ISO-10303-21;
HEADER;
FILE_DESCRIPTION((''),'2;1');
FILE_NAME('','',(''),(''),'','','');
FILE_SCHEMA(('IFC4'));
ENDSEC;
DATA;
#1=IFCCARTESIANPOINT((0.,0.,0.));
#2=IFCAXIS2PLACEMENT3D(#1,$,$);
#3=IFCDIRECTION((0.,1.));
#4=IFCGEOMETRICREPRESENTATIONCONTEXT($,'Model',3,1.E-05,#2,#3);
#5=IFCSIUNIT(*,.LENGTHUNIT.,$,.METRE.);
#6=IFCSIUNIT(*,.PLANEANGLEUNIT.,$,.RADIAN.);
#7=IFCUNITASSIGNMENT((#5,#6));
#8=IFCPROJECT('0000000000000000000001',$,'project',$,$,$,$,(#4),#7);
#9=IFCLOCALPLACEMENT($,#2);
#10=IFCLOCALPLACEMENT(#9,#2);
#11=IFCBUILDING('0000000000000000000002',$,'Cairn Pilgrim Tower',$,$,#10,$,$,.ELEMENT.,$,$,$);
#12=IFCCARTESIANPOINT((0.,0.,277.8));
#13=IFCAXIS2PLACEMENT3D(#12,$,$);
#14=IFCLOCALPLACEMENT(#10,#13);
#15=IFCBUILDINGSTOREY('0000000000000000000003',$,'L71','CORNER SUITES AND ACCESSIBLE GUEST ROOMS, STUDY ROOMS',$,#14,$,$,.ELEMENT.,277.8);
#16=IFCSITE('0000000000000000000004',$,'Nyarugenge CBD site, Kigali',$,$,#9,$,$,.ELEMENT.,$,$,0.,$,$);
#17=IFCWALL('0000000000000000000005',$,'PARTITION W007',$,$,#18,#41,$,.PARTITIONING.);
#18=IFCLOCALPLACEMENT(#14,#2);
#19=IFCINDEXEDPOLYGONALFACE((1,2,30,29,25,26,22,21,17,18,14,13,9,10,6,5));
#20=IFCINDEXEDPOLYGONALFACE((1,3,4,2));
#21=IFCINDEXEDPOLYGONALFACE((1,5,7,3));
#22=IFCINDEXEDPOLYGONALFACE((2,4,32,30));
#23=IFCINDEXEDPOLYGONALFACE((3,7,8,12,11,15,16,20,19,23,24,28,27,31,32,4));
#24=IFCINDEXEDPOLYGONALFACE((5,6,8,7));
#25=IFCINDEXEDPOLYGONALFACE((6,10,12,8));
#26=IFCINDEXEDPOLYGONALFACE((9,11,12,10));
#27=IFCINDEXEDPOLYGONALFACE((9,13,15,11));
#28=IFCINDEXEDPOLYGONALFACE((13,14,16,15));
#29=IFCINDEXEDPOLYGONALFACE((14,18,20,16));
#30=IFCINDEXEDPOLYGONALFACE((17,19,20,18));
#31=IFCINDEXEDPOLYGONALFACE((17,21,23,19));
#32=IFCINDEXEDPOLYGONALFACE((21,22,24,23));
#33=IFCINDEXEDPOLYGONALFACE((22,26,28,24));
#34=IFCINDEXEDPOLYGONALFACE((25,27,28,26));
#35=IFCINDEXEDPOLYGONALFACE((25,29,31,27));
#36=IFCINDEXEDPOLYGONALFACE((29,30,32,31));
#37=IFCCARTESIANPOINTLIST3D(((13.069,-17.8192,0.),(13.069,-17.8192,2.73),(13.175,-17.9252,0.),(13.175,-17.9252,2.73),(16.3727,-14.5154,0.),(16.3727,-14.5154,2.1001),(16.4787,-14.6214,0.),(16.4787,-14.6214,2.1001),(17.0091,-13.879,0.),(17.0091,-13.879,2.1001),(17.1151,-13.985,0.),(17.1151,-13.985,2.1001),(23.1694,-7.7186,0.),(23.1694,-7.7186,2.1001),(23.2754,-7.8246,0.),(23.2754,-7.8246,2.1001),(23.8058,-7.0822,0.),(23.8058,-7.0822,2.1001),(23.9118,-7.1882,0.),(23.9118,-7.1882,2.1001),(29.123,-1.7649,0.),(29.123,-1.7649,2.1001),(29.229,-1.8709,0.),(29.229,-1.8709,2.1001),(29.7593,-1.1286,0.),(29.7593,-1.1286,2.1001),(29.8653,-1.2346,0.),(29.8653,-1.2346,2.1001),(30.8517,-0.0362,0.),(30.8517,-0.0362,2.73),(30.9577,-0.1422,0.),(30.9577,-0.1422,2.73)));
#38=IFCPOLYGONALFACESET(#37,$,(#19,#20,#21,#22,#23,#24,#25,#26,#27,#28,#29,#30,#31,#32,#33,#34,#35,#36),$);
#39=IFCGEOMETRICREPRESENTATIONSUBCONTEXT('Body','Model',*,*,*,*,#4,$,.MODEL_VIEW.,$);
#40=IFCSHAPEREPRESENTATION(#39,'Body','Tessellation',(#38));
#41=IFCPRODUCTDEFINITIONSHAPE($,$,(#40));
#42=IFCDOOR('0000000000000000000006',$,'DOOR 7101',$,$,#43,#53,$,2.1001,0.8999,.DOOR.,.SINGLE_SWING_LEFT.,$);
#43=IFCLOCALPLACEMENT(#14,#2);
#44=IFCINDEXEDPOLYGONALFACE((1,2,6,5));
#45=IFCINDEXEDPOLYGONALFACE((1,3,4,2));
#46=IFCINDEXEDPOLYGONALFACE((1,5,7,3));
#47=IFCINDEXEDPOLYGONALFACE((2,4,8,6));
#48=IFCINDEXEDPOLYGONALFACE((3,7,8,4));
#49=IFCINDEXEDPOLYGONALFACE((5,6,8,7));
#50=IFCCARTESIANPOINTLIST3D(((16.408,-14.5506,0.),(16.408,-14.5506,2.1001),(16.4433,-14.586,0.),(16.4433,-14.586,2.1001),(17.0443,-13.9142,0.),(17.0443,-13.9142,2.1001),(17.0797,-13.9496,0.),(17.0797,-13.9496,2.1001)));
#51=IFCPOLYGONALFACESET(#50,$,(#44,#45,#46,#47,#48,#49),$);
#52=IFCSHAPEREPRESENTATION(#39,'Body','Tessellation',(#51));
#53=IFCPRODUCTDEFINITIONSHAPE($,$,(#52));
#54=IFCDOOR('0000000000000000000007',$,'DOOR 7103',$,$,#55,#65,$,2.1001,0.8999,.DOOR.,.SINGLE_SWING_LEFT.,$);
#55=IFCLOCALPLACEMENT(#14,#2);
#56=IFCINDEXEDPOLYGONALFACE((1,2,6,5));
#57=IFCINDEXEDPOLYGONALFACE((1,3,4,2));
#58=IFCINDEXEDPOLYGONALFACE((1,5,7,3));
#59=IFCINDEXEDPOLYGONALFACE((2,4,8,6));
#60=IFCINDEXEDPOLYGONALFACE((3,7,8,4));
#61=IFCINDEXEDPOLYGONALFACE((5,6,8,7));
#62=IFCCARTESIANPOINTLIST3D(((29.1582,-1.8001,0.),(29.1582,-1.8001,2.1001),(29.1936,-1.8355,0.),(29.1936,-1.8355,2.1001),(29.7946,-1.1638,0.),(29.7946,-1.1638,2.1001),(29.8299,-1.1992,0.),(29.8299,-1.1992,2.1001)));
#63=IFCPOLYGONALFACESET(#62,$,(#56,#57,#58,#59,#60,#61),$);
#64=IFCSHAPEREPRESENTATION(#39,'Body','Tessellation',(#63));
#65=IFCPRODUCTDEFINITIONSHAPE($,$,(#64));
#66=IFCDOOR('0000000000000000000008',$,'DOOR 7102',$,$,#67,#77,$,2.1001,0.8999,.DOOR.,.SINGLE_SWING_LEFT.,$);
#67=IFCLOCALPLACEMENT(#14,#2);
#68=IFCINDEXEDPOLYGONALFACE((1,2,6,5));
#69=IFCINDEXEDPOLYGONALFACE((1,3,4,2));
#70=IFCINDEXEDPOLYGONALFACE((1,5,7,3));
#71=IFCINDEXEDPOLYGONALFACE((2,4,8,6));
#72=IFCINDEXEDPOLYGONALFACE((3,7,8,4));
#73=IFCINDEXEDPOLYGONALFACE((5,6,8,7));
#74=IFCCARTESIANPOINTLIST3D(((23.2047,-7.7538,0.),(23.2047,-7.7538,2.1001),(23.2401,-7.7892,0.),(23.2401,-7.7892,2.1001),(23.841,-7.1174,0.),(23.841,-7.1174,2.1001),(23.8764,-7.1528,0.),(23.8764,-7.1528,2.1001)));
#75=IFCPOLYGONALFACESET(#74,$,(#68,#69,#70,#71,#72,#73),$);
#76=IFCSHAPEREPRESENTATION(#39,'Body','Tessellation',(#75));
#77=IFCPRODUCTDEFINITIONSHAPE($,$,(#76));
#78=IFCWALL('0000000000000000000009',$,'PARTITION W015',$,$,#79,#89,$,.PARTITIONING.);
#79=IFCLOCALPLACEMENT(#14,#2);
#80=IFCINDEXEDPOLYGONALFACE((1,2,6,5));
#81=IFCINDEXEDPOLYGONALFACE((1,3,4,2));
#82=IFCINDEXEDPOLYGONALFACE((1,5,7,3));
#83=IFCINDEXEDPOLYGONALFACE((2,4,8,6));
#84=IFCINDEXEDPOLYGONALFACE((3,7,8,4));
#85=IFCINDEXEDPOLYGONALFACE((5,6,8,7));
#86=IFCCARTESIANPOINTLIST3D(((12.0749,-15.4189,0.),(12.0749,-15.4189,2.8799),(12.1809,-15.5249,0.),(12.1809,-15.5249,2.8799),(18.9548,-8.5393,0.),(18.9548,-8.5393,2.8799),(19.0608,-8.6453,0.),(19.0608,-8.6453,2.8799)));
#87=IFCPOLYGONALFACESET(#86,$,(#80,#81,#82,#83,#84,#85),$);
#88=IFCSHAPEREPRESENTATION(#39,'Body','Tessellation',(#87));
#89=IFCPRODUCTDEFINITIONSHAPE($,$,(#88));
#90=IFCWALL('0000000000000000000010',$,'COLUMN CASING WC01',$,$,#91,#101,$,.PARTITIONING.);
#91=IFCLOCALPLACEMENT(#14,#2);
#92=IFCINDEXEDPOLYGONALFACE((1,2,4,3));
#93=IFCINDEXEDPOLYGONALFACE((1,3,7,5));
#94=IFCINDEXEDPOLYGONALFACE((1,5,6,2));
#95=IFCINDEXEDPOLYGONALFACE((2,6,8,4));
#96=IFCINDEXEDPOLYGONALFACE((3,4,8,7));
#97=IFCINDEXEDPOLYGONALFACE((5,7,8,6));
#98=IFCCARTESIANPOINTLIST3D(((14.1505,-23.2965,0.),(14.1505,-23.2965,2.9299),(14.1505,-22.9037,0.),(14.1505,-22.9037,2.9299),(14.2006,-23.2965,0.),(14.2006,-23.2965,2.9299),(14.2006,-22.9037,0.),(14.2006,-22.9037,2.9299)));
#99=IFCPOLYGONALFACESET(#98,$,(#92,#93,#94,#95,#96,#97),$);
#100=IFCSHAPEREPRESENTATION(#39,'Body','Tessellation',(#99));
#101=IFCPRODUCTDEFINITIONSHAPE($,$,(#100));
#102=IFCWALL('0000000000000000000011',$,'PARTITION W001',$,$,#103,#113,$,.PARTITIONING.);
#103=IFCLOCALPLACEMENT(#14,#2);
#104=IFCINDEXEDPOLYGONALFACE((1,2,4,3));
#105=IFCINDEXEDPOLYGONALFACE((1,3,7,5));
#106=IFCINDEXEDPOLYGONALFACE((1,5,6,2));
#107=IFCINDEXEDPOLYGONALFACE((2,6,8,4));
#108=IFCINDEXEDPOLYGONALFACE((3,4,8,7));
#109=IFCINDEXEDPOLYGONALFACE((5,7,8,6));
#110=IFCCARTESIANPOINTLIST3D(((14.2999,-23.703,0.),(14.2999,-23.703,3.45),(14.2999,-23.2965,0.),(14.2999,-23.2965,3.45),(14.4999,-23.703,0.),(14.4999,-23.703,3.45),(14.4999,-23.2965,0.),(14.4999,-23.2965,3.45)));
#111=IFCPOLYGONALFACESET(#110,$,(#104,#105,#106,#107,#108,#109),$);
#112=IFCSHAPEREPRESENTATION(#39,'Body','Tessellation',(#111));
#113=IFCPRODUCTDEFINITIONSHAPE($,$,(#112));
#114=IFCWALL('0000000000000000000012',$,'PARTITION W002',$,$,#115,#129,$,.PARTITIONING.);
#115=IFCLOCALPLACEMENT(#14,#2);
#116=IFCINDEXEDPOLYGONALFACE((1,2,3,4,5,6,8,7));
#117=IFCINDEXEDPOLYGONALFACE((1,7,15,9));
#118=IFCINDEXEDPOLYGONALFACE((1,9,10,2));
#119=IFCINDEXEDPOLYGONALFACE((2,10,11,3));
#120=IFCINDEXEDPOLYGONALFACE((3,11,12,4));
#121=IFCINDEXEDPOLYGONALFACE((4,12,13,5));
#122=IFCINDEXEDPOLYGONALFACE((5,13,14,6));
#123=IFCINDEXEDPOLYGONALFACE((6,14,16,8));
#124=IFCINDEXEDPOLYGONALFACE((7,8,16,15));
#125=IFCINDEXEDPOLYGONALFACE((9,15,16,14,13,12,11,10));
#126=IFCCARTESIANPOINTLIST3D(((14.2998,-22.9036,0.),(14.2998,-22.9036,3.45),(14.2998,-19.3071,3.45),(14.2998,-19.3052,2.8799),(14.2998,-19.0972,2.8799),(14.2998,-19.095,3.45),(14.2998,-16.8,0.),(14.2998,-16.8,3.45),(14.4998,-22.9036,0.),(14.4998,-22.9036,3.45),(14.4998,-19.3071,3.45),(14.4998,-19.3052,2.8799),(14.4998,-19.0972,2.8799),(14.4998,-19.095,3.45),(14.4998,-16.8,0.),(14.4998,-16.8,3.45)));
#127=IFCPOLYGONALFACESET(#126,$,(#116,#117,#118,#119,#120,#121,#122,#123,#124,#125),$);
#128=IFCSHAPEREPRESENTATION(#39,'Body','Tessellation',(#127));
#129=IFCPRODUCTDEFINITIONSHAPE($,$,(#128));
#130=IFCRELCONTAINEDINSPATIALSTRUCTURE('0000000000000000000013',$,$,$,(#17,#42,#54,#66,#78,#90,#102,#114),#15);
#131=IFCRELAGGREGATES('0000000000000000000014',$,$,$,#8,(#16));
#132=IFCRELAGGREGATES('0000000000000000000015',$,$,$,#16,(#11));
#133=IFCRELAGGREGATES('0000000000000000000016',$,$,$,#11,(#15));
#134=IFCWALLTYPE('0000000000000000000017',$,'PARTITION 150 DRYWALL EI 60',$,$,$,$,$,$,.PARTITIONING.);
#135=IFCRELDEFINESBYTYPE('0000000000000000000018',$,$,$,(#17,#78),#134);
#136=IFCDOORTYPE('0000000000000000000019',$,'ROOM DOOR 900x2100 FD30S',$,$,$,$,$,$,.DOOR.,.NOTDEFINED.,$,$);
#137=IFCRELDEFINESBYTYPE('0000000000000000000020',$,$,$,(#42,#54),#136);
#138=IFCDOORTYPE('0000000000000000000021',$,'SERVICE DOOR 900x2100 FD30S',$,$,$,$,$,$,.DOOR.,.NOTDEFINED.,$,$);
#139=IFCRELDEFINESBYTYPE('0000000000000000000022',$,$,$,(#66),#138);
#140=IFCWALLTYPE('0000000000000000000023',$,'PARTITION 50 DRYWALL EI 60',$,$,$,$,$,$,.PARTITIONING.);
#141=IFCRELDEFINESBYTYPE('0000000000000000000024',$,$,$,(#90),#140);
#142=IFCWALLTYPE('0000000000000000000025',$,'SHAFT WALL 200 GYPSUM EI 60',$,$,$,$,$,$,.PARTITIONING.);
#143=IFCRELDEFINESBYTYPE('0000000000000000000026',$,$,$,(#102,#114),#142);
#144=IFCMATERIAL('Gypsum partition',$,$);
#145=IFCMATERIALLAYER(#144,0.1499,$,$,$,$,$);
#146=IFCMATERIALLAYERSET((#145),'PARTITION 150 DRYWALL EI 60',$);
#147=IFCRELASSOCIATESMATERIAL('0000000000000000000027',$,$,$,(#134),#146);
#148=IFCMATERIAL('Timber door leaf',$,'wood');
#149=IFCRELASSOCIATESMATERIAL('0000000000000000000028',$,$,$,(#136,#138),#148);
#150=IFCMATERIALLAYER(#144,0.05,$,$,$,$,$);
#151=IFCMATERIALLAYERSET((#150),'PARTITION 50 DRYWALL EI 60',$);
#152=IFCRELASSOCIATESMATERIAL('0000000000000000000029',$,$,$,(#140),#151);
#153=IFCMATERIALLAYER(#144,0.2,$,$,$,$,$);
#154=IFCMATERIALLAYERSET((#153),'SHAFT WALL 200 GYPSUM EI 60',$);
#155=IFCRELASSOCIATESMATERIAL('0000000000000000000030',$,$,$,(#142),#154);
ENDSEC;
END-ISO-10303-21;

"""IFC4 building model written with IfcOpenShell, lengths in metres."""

from ifc_helpers import new_model, si_unit, direction, frame, frame_2d, origin, place, context, subcontext, project, spatial, polyline, rectangle, outline, extrude, material, layer, layer_set, type_object, element, fill, save


model = new_model("IFC4")

# Units and contexts
model_context = context("Model", 3, precision=1e-05, world=origin(), true_north=direction((0.0, 1.0)))
body_context = subcontext(model_context, "Body", "Model", "MODEL_VIEW")
ifc_project = project(units=[si_unit("LENGTHUNIT", "METRE"), si_unit("PLANEANGLEUNIT", "RADIAN")], contexts=[model_context])

# Site, building, storey
site_placement = place(None, origin())
site = spatial("IfcSite", under=ifc_project, at=site_placement, Name="Nyarugenge CBD site, Kigali", CompositionType="ELEMENT", RefElevation=0.0)
building_placement = place(site_placement, origin())
building = spatial("IfcBuilding", under=site, at=building_placement, Name="Cairn Pilgrim Tower", CompositionType="ELEMENT")
storey_placement = place(building_placement, frame((0.0, 0.0, 277.8)))
storey = spatial("IfcBuildingStorey", under=building, at=storey_placement, Name="L71", Description="CORNER SUITES AND ACCESSIBLE GUEST ROOMS, STUDY ROOMS", CompositionType="ELEMENT", Elevation=277.8)

# Shared definitions
ifc_material_1 = material(Name="Gypsum partition")

# Wall, openings, doors
ifc_layer_1 = layer(ifc_material_1, 0.1499)
ifc_layer_set_1 = layer_set([ifc_layer_1], Name="PARTITION 150 DRYWALL EI 60")
wall_type_1 = type_object("IfcWallType", Name="PARTITION 150 DRYWALL EI 60", PredefinedType="PARTITIONING", material=ifc_layer_set_1)
wall_1_placement = place(storey_placement, frame((13.1221, -17.8721, 0.0), z_axis=(0.0, 0.0, 1.0), x_axis=(0.707102, 0.707112, 0.0)))
wall_1 = element("IfcWall", 1, at=wall_1_placement, inside=storey, type_object=wall_type_1, Name="PARTITION W007", PredefinedType="PARTITIONING", context=body_context, shape_type="SweptSolid", body=[
    extrude(rectangle(XDim=25.1487, YDim=0.1499, at=frame_2d((12.5742, 0.0))), origin(), (0.0, 0.0, 1.0), 2.73),
])
opening_1_placement = place(wall_1_placement, frame((4.6721, 0.0, 0.0)))
opening_1 = element("IfcOpeningElement", 2, at=opening_1_placement, cuts=wall_1, PredefinedType="OPENING", context=body_context, shape_type="SweptSolid", body=[
    extrude(rectangle(XDim=0.8999, YDim=2.1001, at=frame_2d((0.45, 1.05))), frame((0.0, 0.085, 0.0), z_axis=(0.0, -1.0, 0.0), x_axis=(1.0, 0.0, 0.0)), (0.0, 0.0, 1.0), 0.1699),
])
opening_2_placement = place(wall_1_placement, frame((14.2842, 0.0, 0.0)))
opening_2 = element("IfcOpeningElement", 3, at=opening_2_placement, cuts=wall_1, PredefinedType="OPENING", context=body_context, shape_type="SweptSolid", body=[
    extrude(rectangle(XDim=0.8999, YDim=2.1001, at=frame_2d((0.45, 1.05))), frame((0.0, 0.085, 0.0), z_axis=(0.0, -1.0, 0.0), x_axis=(1.0, 0.0, 0.0)), (0.0, 0.0, 1.0), 0.1699),
])
opening_3_placement = place(wall_1_placement, frame((22.7039, 0.0, 0.0)))
opening_3 = element("IfcOpeningElement", 4, at=opening_3_placement, cuts=wall_1, PredefinedType="OPENING", context=body_context, shape_type="SweptSolid", body=[
    extrude(rectangle(XDim=0.8999, YDim=2.1001, at=frame_2d((0.45, 1.05))), frame((0.0, 0.085, 0.0), z_axis=(0.0, -1.0, 0.0), x_axis=(1.0, 0.0, 0.0)), (0.0, 0.0, 1.0), 0.1699),
])
ifc_material_2 = material(Name="Timber door leaf", Category="wood")
door_type_1 = type_object("IfcDoorType", Name="ROOM DOOR 900x2100 FD30S", OperationType="NOTDEFINED", PredefinedType="DOOR", material=ifc_material_2)
door_1_placement = place(opening_1_placement, frame((0.8999, 0.0, 0.0), z_axis=(0.0, 0.0, 1.0), x_axis=(-1.0, 0.0, 0.0)))
door_1 = element("IfcDoor", 5, at=door_1_placement, inside=storey, type_object=door_type_1, Name="DOOR 7101", OperationType="SINGLE_SWING_LEFT", OverallHeight=2.1001, OverallWidth=0.8999, PredefinedType="DOOR", context=body_context, shape_type="SweptSolid", body=[
    extrude(rectangle(XDim=0.8999, YDim=2.1001, at=frame_2d((0.45, 1.05))), frame((0.0, 0.0249, 0.0), z_axis=(0.0, -1.0, 0.0), x_axis=(1.0, 0.0, 0.0)), (0.0, 0.0, 1.0), 0.05),
])
fill(opening_1, door_1)
door_2_placement = place(opening_3_placement, frame((0.8999, 0.0, 0.0), z_axis=(0.0, 0.0, 1.0), x_axis=(-1.0, 0.0, 0.0)))
door_2 = element("IfcDoor", 6, at=door_2_placement, inside=storey, type_object=door_type_1, Name="DOOR 7103", OperationType="SINGLE_SWING_LEFT", OverallHeight=2.1001, OverallWidth=0.8999, PredefinedType="DOOR", context=body_context, shape_type="SweptSolid", body=[
    extrude(rectangle(XDim=0.8999, YDim=2.1001, at=frame_2d((0.45, 1.05))), frame((0.0, 0.0249, 0.0), z_axis=(0.0, -1.0, 0.0), x_axis=(1.0, 0.0, 0.0)), (0.0, 0.0, 1.0), 0.05),
])
fill(opening_3, door_2)
door_type_2 = type_object("IfcDoorType", Name="SERVICE DOOR 900x2100 FD30S", OperationType="NOTDEFINED", PredefinedType="DOOR", material=ifc_material_2)
door_3_placement = place(opening_2_placement, frame((0.8999, 0.0, 0.0), z_axis=(0.0, 0.0, 1.0), x_axis=(-1.0, 0.0, 0.0)))
door_3 = element("IfcDoor", 7, at=door_3_placement, inside=storey, type_object=door_type_2, Name="DOOR 7102", OperationType="SINGLE_SWING_LEFT", OverallHeight=2.1001, OverallWidth=0.8999, PredefinedType="DOOR", context=body_context, shape_type="SweptSolid", body=[
    extrude(rectangle(XDim=0.8999, YDim=2.1001, at=frame_2d((0.45, 1.05))), frame((0.0, 0.0249, 0.0), z_axis=(0.0, -1.0, 0.0), x_axis=(1.0, 0.0, 0.0)), (0.0, 0.0, 1.0), 0.05),
])
fill(opening_2, door_3)

# Walls
wall_2_placement = place(storey_placement, frame((12.1279, -15.4719, 0.0), z_axis=(0.0, 0.0, 1.0), x_axis=(0.707119, 0.707094, 0.0)))
element("IfcWall", 8, at=wall_2_placement, inside=storey, type_object=wall_type_1, Name="PARTITION W015", PredefinedType="PARTITIONING", context=body_context, shape_type="SweptSolid", body=[
    extrude(rectangle(XDim=9.7295, YDim=0.1499, at=frame_2d((4.8647, 0.0))), origin(), (0.0, 0.0, 1.0), 2.8799),
])
ifc_layer_2 = layer(ifc_material_1, 0.05)
ifc_layer_set_2 = layer_set([ifc_layer_2], Name="PARTITION 50 DRYWALL EI 60")
wall_type_2 = type_object("IfcWallType", Name="PARTITION 50 DRYWALL EI 60", PredefinedType="PARTITIONING", material=ifc_layer_set_2)
wall_3_placement = place(storey_placement, frame((14.1755, -23.2964, 0.0), z_axis=(0.0, 0.0, 1.0), x_axis=(0.0, 1.0, 0.0)))
element("IfcWall", 9, at=wall_3_placement, inside=storey, type_object=wall_type_2, Name="COLUMN CASING WC01", PredefinedType="PARTITIONING", context=body_context, shape_type="SweptSolid", body=[
    extrude(rectangle(XDim=0.3928, YDim=0.05, at=frame_2d((0.1963, 0.0))), origin(), (0.0, 0.0, 1.0), 2.9299),
])
ifc_layer_3 = layer(ifc_material_1, 0.2)
ifc_layer_set_3 = layer_set([ifc_layer_3], Name="SHAFT WALL 200 GYPSUM EI 60")
wall_type_3 = type_object("IfcWallType", Name="SHAFT WALL 200 GYPSUM EI 60", PredefinedType="PARTITIONING", material=ifc_layer_set_3)
wall_4_placement = place(storey_placement, frame((14.3999, -23.7029, 0.0), z_axis=(0.0, 0.0, 1.0), x_axis=(0.0, 1.0, 0.0)))
element("IfcWall", 10, at=wall_4_placement, inside=storey, type_object=wall_type_3, Name="PARTITION W001", PredefinedType="PARTITIONING", context=body_context, shape_type="SweptSolid", body=[
    extrude(rectangle(XDim=0.4065, YDim=0.2, at=frame_2d((0.2031, 0.0))), origin(), (0.0, 0.0, 1.0), 3.45),
])
wall_5_placement = place(storey_placement, frame((14.3999, -22.9036, 0.0), z_axis=(0.0, 0.0, 1.0), x_axis=(0.0, 1.0, 0.0)))
element("IfcWall", 11, at=wall_5_placement, inside=storey, type_object=wall_type_3, Name="PARTITION W002", PredefinedType="PARTITIONING", context=body_context, shape_type="SweptSolid", body=[
    extrude(outline(polyline([(0.0, 0.0), (6.1035, 0.0), (6.1035, 3.45), (3.8086, 3.45), (3.8064, 2.8799), (3.5984, 2.8799), (3.5964, 3.45), (0.0, 3.45), (0.0, 0.0)])), frame((0.0, 0.1001, 0.0), z_axis=(0.0, -1.0, 0.0), x_axis=(1.0, 0.0, 0.0)), (0.0, 0.0, 1.0), 0.2),
])

save(model, "model.ifc")
